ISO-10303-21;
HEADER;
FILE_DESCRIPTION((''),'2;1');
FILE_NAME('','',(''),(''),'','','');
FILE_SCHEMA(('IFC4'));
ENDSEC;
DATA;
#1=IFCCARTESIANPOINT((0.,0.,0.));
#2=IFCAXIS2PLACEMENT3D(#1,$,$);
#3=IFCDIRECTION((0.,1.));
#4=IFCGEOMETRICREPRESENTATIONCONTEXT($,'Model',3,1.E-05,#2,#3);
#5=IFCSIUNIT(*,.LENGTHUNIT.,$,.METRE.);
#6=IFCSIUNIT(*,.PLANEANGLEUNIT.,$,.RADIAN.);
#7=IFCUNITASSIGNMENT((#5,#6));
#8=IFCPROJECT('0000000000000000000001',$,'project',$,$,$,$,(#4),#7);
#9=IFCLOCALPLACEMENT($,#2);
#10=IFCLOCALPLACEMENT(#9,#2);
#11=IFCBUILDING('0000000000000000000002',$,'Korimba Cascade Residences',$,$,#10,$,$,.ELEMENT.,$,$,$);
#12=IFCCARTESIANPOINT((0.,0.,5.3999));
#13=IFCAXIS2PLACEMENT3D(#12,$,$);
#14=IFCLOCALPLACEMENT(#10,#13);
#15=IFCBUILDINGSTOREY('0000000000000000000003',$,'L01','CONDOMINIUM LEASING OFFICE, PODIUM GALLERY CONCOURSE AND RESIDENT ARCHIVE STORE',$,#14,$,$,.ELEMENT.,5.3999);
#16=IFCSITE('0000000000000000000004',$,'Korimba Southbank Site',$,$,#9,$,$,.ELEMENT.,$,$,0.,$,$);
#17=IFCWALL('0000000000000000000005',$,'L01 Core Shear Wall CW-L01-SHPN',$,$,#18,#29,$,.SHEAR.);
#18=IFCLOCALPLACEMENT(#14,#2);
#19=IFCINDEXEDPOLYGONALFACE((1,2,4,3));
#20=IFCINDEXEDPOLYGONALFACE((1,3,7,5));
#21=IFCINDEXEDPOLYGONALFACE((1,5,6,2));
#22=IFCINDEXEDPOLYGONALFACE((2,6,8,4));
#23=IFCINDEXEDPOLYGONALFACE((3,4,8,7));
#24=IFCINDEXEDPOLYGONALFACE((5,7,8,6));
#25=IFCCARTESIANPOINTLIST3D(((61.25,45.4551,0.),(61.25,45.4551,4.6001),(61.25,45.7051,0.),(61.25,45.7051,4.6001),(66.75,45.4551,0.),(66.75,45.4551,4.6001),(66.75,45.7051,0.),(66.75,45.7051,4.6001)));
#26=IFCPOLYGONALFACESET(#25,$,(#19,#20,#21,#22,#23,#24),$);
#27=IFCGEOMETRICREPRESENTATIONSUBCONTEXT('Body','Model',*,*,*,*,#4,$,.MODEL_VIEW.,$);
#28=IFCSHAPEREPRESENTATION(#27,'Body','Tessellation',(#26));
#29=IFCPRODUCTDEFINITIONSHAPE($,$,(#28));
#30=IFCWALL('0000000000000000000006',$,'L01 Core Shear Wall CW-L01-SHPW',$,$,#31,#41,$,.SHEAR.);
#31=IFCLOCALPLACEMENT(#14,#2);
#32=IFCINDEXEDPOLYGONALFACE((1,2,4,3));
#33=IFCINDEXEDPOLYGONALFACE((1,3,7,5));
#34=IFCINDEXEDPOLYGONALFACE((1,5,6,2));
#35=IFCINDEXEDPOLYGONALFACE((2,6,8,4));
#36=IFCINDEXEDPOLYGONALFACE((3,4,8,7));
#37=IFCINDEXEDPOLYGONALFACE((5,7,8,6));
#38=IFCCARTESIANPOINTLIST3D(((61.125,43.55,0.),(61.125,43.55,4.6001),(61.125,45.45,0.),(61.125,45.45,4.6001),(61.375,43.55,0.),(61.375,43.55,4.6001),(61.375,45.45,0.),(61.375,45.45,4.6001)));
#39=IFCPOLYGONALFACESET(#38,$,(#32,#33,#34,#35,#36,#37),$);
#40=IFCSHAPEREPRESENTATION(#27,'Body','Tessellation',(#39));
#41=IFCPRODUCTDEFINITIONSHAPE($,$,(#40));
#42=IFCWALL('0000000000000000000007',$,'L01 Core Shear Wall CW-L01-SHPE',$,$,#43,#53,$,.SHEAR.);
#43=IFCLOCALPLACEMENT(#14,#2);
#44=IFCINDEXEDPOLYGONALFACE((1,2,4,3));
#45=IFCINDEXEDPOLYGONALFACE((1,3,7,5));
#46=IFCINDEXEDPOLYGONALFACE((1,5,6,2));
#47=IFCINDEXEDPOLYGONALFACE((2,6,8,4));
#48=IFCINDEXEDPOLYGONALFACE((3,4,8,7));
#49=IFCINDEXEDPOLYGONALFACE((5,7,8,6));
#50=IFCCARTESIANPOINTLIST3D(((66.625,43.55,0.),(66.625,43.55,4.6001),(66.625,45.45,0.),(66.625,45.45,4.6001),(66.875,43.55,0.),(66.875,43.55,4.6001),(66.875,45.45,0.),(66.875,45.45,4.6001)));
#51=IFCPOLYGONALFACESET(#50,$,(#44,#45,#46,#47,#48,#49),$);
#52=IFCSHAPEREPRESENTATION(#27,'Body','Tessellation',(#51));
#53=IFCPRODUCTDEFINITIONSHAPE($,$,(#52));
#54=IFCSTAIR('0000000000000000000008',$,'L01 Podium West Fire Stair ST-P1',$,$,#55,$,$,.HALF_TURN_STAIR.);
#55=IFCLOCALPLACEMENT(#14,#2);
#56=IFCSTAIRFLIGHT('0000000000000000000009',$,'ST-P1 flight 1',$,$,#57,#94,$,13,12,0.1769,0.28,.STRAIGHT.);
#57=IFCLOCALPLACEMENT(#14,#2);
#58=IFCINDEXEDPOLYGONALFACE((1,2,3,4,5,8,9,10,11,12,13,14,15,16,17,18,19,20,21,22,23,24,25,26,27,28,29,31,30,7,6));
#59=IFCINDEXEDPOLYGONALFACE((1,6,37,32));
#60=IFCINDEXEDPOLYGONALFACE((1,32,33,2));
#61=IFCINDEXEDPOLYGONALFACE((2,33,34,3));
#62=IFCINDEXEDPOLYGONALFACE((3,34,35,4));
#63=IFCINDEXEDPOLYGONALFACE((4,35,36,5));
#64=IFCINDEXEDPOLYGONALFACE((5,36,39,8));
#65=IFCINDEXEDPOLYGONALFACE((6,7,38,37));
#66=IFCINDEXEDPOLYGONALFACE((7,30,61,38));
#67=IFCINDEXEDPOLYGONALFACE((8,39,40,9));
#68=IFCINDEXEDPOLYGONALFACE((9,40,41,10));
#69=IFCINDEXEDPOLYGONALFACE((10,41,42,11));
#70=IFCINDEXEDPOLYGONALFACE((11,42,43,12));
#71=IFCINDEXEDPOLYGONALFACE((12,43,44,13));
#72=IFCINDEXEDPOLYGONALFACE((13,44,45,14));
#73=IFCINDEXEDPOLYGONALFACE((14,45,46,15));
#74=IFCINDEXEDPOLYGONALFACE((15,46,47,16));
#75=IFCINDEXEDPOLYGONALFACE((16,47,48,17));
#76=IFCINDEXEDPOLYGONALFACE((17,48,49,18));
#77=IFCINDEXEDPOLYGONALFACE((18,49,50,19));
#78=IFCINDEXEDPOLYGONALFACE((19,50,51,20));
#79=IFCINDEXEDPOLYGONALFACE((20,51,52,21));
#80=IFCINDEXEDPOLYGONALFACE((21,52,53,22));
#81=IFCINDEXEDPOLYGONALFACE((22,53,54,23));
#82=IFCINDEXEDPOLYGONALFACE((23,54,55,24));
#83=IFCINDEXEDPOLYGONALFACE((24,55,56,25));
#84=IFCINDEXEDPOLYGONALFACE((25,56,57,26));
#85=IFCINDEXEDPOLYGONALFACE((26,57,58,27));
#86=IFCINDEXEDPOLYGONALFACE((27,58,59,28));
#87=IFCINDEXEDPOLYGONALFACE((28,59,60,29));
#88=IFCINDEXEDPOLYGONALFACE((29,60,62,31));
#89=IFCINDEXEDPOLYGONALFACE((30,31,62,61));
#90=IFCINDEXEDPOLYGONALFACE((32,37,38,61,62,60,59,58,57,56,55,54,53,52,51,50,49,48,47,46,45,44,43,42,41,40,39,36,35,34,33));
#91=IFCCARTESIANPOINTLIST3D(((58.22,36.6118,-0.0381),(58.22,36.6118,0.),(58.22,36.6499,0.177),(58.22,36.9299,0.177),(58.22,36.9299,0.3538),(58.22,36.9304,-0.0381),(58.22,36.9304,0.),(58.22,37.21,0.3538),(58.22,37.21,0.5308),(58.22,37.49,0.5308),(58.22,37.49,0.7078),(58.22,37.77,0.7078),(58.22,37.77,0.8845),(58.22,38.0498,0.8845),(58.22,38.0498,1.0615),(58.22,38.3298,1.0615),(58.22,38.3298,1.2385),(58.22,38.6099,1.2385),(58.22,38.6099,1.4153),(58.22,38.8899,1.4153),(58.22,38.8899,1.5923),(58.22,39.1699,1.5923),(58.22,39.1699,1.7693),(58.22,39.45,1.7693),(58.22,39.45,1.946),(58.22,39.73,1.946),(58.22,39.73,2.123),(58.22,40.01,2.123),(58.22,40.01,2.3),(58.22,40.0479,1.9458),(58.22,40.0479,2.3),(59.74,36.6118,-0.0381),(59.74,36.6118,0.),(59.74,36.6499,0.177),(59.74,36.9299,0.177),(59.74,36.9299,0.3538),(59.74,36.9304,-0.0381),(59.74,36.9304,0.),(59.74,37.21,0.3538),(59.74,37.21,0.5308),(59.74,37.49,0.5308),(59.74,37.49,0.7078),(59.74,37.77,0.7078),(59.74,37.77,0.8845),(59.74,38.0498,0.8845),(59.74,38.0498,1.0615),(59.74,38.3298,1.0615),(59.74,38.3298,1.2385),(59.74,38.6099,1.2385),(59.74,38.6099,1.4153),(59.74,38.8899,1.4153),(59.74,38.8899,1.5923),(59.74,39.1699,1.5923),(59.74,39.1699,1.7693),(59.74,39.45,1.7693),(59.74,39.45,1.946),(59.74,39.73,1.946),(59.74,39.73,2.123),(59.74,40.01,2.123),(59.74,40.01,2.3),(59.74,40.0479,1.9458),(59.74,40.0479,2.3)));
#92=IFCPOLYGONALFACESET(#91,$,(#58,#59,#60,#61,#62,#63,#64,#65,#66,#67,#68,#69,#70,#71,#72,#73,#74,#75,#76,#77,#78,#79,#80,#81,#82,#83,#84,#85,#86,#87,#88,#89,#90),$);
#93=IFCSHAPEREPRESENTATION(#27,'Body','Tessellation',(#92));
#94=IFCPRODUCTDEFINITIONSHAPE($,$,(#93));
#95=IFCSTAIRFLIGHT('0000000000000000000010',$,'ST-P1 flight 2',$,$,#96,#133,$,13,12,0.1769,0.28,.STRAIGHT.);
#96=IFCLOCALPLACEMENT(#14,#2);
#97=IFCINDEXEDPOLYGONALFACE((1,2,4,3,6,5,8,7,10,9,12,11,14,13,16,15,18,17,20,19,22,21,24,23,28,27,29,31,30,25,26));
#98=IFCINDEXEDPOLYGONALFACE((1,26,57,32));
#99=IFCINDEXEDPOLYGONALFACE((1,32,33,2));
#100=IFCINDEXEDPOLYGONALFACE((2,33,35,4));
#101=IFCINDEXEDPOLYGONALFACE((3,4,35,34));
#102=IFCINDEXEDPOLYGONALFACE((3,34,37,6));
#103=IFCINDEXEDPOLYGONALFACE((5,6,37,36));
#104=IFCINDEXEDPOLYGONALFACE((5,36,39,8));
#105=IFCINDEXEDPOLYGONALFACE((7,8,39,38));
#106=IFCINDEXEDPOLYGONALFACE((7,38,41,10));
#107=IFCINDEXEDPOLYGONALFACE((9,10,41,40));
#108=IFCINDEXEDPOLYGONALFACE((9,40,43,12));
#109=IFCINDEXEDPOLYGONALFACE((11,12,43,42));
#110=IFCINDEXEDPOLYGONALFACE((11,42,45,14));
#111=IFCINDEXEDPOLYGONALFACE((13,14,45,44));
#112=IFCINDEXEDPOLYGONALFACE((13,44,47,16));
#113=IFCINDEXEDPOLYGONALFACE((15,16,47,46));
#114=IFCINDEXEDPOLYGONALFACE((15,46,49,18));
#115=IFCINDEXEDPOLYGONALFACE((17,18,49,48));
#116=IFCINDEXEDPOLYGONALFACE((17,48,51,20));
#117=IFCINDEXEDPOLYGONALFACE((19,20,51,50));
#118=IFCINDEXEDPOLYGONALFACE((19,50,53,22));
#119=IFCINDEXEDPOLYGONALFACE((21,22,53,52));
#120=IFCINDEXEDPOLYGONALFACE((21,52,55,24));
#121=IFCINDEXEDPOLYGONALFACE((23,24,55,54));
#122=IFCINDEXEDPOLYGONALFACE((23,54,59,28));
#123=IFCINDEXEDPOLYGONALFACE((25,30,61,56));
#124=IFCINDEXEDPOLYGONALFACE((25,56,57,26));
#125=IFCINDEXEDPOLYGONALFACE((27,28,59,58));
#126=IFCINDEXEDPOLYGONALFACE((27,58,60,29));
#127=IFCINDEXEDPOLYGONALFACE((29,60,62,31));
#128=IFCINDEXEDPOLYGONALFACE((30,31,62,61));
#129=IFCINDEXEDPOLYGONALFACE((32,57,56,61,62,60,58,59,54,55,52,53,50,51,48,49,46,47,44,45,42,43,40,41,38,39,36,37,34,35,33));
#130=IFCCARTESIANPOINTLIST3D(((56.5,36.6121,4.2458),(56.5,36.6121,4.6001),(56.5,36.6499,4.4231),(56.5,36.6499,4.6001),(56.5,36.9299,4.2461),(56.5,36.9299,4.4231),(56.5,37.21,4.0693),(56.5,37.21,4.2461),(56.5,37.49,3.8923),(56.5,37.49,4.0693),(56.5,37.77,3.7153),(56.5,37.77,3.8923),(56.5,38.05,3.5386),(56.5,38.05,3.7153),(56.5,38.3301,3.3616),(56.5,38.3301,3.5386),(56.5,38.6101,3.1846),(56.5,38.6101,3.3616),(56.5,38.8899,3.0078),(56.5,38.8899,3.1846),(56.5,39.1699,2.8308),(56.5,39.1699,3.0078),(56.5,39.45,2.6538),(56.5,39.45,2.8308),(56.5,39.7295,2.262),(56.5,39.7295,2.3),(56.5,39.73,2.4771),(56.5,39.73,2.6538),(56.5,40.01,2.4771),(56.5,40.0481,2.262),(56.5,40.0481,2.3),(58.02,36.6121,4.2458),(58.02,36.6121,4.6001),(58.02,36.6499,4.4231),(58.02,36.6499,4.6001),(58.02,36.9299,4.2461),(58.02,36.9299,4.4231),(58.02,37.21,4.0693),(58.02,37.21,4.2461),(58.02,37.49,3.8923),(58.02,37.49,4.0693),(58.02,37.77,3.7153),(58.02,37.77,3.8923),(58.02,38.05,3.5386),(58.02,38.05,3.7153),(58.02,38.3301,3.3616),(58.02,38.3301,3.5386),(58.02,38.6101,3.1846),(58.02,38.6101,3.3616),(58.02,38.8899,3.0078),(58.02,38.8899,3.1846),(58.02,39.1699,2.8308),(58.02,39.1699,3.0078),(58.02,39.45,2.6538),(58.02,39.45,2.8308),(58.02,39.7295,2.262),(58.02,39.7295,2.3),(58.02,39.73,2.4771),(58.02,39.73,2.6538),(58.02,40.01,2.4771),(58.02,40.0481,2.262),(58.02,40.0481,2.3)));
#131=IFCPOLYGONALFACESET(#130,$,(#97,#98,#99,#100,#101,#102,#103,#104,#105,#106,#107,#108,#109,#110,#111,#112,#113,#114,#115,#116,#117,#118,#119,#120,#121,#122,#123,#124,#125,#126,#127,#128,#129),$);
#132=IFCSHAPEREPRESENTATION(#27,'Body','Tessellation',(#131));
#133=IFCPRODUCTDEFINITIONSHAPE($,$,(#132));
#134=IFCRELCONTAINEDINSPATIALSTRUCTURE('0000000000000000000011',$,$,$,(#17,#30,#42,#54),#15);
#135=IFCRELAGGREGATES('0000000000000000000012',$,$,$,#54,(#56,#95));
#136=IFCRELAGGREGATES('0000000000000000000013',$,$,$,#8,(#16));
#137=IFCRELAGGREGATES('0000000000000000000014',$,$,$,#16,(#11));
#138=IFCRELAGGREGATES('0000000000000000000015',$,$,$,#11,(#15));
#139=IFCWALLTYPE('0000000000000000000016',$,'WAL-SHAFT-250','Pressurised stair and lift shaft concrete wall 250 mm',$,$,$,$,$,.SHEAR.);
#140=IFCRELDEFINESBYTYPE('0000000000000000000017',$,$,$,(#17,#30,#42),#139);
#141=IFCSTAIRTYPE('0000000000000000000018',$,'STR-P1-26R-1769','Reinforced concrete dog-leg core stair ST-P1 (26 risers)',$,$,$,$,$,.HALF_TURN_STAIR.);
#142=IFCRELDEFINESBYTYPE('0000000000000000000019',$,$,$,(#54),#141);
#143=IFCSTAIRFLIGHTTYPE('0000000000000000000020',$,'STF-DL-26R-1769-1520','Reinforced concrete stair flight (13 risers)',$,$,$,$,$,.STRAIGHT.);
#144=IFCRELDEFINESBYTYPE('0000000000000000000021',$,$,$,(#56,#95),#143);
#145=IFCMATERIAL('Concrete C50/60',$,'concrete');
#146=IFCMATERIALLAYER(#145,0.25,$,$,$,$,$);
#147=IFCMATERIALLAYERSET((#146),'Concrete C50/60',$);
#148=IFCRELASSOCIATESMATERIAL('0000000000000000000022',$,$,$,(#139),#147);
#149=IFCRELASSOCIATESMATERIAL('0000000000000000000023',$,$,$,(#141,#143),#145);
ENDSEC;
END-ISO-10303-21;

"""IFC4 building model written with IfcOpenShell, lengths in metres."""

from ifc_helpers import new_model, si_unit, direction, frame, frame_2d, origin, place, context, subcontext, project, spatial, polyline, rectangle, outline, extrude, material, layer, layer_set, type_object, element, aggregate, save


model = new_model("IFC4")

# Units and contexts
model_context = context("Model", 3, precision=1e-05, world=origin(), true_north=direction((0.0, 1.0)))
body_context = subcontext(model_context, "Body", "Model", "MODEL_VIEW")
ifc_project = project(units=[si_unit("LENGTHUNIT", "METRE"), si_unit("PLANEANGLEUNIT", "RADIAN")], contexts=[model_context])

# Site, building, storey
site_placement = place(None, origin())
site = spatial("IfcSite", under=ifc_project, at=site_placement, Name="Korimba Southbank Site", CompositionType="ELEMENT", RefElevation=0.0)
building_placement = place(site_placement, origin())
building = spatial("IfcBuilding", under=site, at=building_placement, Name="Korimba Cascade Residences", CompositionType="ELEMENT")
storey_placement = place(building_placement, frame((0.0, 0.0, 5.3999)))
storey = spatial("IfcBuildingStorey", under=building, at=storey_placement, Name="L01", Description="CONDOMINIUM LEASING OFFICE, PODIUM GALLERY CONCOURSE AND RESIDENT ARCHIVE STORE", CompositionType="ELEMENT", Elevation=5.3999)

# Shared definitions
ifc_material_1 = material(Name="Concrete C50/60", Category="concrete")

# Shared definitions
ifc_layer_1 = layer(ifc_material_1, 0.25)
ifc_layer_set_1 = layer_set([ifc_layer_1], Name="Concrete C50/60")
wall_type_1 = type_object("IfcWallType", Name="WAL-SHAFT-250", Description="Pressurised stair and lift shaft concrete wall 250 mm", PredefinedType="SHEAR", material=ifc_layer_set_1)

# Walls
wall_1_placement = place(storey_placement, frame((61.25, 45.5801, 0.0), z_axis=(0.0, 0.0, 1.0), x_axis=(1.0, 0.0, 0.0)))
element("IfcWall", 1, at=wall_1_placement, inside=storey, type_object=wall_type_1, Name="L01 Core Shear Wall CW-L01-SHPN", PredefinedType="SHEAR", context=body_context, shape_type="SweptSolid", body=[
    extrude(rectangle(XDim=5.5, YDim=0.25, at=frame_2d((2.75, 0.0))), origin(), (0.0, 0.0, 1.0), 4.6001),
])
for number, where, z_axis, x_axis, name in (
    (2, (61.25, 43.55, 0.0), (0.0, 0.0, 1.0), (0.0, 1.0, 0.0), "L01 Core Shear Wall CW-L01-SHPW"),
    (3, (66.75, 43.55, 0.0), (0.0, 0.0, 1.0), (0.0, 1.0, 0.0), "L01 Core Shear Wall CW-L01-SHPE"),
):
    element("IfcWall", number, at=place(storey_placement, frame(where, z_axis=z_axis, x_axis=x_axis)), inside=storey, type_object=wall_type_1, Name=name, PredefinedType="SHEAR", context=body_context, shape_type="SweptSolid", body=[
        extrude(rectangle(XDim=1.8999, YDim=0.25, at=frame_2d((0.95, 0.0))), origin(), (0.0, 0.0, 1.0), 4.6001),
    ])

# Stair, stair flights
stair_type = type_object("IfcStairType", Name="STR-P1-26R-1769", Description="Reinforced concrete dog-leg core stair ST-P1 (26 risers)", PredefinedType="HALF_TURN_STAIR", material=ifc_material_1)
stair_placement = place(storey_placement, origin())
stair = element("IfcStair", 4, at=stair_placement, inside=storey, type_object=stair_type, Name="L01 Podium West Fire Stair ST-P1", PredefinedType="HALF_TURN_STAIR")
stair_flight_type = type_object("IfcStairFlightType", Name="STF-DL-26R-1769-1520", Description="Reinforced concrete stair flight (13 risers)", PredefinedType="STRAIGHT", material=ifc_material_1)
stair_flight_1_placement = place(storey_placement, frame((58.98, 36.6499, 0.0), z_axis=(0.0, 0.0, 1.0), x_axis=(0.0, 1.0, 0.0)))
stair_flight_1 = element("IfcStairFlight", 5, at=stair_flight_1_placement, type_object=stair_flight_type, Name="ST-P1 flight 1", NumberOfRisers=13, NumberOfTreads=12, PredefinedType="STRAIGHT", RiserHeight=0.1769, TreadLength=0.28, context=body_context, shape_type="SweptSolid", body=[
    extrude(outline(polyline([(-0.0381, 0.0), (0.0, 0.177), (0.28, 0.177), (0.28, 0.3538), (0.5601, 0.3538), (0.5601, 0.5308), (0.8401, 0.5308), (0.8401, 0.7078), (1.1201, 0.7078), (1.1201, 0.8845), (1.3999, 0.8845), (1.3999, 1.0615), (1.6799, 1.0615), (1.6799, 1.2385), (1.96, 1.2385), (1.96, 1.4153), (2.24, 1.4153), (2.24, 1.5923), (2.52, 1.5923), (2.52, 1.7693), (2.8, 1.7693), (2.8, 1.946), (3.0801, 1.946), (3.0801, 2.123), (3.3601, 2.123), (3.3601, 2.3), (3.3979, 2.3), (3.3979, 1.9458), (0.2805, 0.0), (0.2805, -0.0381), (-0.0381, -0.0381), (-0.0381, 0.0)])), frame((0.0, 0.76, 0.0), z_axis=(0.0, -1.0, 0.0), x_axis=(1.0, 0.0, 0.0)), (0.0, 0.0, 1.0), 1.52),
])
stair_flight_2_placement = place(storey_placement, frame((57.26, 40.01, 2.3), z_axis=(0.0, 0.0, 1.0), x_axis=(0.0, -1.0, 0.0)))
stair_flight_2 = element("IfcStairFlight", 6, at=stair_flight_2_placement, type_object=stair_flight_type, Name="ST-P1 flight 2", NumberOfRisers=13, NumberOfTreads=12, PredefinedType="STRAIGHT", RiserHeight=0.1769, TreadLength=0.28, context=body_context, shape_type="SweptSolid", body=[
    extrude(outline(polyline([(-0.0381, 0.0), (0.0, 0.177), (0.28, 0.177), (0.28, 0.3538), (0.5601, 0.3538), (0.5601, 0.5308), (0.8401, 0.5308), (0.8401, 0.7078), (1.1201, 0.7078), (1.1201, 0.8845), (1.3999, 0.8845), (1.3999, 1.0615), (1.6799, 1.0615), (1.6799, 1.2385), (1.96, 1.2385), (1.96, 1.4153), (2.24, 1.4153), (2.24, 1.5923), (2.52, 1.5923), (2.52, 1.7693), (2.8, 1.7693), (2.8, 1.946), (3.0801, 1.946), (3.0801, 2.123), (3.3601, 2.123), (3.3601, 2.3), (3.3979, 2.3), (3.3979, 1.9458), (0.2805, 0.0), (0.2805, -0.0381), (-0.0381, -0.0381), (-0.0381, 0.0)])), frame((0.0, 0.76, 0.0), z_axis=(0.0, -1.0, 0.0), x_axis=(1.0, 0.0, 0.0)), (0.0, 0.0, 1.0), 1.52),
])
aggregate(stair, [stair_flight_1, stair_flight_2])

save(model, "model.ifc")
